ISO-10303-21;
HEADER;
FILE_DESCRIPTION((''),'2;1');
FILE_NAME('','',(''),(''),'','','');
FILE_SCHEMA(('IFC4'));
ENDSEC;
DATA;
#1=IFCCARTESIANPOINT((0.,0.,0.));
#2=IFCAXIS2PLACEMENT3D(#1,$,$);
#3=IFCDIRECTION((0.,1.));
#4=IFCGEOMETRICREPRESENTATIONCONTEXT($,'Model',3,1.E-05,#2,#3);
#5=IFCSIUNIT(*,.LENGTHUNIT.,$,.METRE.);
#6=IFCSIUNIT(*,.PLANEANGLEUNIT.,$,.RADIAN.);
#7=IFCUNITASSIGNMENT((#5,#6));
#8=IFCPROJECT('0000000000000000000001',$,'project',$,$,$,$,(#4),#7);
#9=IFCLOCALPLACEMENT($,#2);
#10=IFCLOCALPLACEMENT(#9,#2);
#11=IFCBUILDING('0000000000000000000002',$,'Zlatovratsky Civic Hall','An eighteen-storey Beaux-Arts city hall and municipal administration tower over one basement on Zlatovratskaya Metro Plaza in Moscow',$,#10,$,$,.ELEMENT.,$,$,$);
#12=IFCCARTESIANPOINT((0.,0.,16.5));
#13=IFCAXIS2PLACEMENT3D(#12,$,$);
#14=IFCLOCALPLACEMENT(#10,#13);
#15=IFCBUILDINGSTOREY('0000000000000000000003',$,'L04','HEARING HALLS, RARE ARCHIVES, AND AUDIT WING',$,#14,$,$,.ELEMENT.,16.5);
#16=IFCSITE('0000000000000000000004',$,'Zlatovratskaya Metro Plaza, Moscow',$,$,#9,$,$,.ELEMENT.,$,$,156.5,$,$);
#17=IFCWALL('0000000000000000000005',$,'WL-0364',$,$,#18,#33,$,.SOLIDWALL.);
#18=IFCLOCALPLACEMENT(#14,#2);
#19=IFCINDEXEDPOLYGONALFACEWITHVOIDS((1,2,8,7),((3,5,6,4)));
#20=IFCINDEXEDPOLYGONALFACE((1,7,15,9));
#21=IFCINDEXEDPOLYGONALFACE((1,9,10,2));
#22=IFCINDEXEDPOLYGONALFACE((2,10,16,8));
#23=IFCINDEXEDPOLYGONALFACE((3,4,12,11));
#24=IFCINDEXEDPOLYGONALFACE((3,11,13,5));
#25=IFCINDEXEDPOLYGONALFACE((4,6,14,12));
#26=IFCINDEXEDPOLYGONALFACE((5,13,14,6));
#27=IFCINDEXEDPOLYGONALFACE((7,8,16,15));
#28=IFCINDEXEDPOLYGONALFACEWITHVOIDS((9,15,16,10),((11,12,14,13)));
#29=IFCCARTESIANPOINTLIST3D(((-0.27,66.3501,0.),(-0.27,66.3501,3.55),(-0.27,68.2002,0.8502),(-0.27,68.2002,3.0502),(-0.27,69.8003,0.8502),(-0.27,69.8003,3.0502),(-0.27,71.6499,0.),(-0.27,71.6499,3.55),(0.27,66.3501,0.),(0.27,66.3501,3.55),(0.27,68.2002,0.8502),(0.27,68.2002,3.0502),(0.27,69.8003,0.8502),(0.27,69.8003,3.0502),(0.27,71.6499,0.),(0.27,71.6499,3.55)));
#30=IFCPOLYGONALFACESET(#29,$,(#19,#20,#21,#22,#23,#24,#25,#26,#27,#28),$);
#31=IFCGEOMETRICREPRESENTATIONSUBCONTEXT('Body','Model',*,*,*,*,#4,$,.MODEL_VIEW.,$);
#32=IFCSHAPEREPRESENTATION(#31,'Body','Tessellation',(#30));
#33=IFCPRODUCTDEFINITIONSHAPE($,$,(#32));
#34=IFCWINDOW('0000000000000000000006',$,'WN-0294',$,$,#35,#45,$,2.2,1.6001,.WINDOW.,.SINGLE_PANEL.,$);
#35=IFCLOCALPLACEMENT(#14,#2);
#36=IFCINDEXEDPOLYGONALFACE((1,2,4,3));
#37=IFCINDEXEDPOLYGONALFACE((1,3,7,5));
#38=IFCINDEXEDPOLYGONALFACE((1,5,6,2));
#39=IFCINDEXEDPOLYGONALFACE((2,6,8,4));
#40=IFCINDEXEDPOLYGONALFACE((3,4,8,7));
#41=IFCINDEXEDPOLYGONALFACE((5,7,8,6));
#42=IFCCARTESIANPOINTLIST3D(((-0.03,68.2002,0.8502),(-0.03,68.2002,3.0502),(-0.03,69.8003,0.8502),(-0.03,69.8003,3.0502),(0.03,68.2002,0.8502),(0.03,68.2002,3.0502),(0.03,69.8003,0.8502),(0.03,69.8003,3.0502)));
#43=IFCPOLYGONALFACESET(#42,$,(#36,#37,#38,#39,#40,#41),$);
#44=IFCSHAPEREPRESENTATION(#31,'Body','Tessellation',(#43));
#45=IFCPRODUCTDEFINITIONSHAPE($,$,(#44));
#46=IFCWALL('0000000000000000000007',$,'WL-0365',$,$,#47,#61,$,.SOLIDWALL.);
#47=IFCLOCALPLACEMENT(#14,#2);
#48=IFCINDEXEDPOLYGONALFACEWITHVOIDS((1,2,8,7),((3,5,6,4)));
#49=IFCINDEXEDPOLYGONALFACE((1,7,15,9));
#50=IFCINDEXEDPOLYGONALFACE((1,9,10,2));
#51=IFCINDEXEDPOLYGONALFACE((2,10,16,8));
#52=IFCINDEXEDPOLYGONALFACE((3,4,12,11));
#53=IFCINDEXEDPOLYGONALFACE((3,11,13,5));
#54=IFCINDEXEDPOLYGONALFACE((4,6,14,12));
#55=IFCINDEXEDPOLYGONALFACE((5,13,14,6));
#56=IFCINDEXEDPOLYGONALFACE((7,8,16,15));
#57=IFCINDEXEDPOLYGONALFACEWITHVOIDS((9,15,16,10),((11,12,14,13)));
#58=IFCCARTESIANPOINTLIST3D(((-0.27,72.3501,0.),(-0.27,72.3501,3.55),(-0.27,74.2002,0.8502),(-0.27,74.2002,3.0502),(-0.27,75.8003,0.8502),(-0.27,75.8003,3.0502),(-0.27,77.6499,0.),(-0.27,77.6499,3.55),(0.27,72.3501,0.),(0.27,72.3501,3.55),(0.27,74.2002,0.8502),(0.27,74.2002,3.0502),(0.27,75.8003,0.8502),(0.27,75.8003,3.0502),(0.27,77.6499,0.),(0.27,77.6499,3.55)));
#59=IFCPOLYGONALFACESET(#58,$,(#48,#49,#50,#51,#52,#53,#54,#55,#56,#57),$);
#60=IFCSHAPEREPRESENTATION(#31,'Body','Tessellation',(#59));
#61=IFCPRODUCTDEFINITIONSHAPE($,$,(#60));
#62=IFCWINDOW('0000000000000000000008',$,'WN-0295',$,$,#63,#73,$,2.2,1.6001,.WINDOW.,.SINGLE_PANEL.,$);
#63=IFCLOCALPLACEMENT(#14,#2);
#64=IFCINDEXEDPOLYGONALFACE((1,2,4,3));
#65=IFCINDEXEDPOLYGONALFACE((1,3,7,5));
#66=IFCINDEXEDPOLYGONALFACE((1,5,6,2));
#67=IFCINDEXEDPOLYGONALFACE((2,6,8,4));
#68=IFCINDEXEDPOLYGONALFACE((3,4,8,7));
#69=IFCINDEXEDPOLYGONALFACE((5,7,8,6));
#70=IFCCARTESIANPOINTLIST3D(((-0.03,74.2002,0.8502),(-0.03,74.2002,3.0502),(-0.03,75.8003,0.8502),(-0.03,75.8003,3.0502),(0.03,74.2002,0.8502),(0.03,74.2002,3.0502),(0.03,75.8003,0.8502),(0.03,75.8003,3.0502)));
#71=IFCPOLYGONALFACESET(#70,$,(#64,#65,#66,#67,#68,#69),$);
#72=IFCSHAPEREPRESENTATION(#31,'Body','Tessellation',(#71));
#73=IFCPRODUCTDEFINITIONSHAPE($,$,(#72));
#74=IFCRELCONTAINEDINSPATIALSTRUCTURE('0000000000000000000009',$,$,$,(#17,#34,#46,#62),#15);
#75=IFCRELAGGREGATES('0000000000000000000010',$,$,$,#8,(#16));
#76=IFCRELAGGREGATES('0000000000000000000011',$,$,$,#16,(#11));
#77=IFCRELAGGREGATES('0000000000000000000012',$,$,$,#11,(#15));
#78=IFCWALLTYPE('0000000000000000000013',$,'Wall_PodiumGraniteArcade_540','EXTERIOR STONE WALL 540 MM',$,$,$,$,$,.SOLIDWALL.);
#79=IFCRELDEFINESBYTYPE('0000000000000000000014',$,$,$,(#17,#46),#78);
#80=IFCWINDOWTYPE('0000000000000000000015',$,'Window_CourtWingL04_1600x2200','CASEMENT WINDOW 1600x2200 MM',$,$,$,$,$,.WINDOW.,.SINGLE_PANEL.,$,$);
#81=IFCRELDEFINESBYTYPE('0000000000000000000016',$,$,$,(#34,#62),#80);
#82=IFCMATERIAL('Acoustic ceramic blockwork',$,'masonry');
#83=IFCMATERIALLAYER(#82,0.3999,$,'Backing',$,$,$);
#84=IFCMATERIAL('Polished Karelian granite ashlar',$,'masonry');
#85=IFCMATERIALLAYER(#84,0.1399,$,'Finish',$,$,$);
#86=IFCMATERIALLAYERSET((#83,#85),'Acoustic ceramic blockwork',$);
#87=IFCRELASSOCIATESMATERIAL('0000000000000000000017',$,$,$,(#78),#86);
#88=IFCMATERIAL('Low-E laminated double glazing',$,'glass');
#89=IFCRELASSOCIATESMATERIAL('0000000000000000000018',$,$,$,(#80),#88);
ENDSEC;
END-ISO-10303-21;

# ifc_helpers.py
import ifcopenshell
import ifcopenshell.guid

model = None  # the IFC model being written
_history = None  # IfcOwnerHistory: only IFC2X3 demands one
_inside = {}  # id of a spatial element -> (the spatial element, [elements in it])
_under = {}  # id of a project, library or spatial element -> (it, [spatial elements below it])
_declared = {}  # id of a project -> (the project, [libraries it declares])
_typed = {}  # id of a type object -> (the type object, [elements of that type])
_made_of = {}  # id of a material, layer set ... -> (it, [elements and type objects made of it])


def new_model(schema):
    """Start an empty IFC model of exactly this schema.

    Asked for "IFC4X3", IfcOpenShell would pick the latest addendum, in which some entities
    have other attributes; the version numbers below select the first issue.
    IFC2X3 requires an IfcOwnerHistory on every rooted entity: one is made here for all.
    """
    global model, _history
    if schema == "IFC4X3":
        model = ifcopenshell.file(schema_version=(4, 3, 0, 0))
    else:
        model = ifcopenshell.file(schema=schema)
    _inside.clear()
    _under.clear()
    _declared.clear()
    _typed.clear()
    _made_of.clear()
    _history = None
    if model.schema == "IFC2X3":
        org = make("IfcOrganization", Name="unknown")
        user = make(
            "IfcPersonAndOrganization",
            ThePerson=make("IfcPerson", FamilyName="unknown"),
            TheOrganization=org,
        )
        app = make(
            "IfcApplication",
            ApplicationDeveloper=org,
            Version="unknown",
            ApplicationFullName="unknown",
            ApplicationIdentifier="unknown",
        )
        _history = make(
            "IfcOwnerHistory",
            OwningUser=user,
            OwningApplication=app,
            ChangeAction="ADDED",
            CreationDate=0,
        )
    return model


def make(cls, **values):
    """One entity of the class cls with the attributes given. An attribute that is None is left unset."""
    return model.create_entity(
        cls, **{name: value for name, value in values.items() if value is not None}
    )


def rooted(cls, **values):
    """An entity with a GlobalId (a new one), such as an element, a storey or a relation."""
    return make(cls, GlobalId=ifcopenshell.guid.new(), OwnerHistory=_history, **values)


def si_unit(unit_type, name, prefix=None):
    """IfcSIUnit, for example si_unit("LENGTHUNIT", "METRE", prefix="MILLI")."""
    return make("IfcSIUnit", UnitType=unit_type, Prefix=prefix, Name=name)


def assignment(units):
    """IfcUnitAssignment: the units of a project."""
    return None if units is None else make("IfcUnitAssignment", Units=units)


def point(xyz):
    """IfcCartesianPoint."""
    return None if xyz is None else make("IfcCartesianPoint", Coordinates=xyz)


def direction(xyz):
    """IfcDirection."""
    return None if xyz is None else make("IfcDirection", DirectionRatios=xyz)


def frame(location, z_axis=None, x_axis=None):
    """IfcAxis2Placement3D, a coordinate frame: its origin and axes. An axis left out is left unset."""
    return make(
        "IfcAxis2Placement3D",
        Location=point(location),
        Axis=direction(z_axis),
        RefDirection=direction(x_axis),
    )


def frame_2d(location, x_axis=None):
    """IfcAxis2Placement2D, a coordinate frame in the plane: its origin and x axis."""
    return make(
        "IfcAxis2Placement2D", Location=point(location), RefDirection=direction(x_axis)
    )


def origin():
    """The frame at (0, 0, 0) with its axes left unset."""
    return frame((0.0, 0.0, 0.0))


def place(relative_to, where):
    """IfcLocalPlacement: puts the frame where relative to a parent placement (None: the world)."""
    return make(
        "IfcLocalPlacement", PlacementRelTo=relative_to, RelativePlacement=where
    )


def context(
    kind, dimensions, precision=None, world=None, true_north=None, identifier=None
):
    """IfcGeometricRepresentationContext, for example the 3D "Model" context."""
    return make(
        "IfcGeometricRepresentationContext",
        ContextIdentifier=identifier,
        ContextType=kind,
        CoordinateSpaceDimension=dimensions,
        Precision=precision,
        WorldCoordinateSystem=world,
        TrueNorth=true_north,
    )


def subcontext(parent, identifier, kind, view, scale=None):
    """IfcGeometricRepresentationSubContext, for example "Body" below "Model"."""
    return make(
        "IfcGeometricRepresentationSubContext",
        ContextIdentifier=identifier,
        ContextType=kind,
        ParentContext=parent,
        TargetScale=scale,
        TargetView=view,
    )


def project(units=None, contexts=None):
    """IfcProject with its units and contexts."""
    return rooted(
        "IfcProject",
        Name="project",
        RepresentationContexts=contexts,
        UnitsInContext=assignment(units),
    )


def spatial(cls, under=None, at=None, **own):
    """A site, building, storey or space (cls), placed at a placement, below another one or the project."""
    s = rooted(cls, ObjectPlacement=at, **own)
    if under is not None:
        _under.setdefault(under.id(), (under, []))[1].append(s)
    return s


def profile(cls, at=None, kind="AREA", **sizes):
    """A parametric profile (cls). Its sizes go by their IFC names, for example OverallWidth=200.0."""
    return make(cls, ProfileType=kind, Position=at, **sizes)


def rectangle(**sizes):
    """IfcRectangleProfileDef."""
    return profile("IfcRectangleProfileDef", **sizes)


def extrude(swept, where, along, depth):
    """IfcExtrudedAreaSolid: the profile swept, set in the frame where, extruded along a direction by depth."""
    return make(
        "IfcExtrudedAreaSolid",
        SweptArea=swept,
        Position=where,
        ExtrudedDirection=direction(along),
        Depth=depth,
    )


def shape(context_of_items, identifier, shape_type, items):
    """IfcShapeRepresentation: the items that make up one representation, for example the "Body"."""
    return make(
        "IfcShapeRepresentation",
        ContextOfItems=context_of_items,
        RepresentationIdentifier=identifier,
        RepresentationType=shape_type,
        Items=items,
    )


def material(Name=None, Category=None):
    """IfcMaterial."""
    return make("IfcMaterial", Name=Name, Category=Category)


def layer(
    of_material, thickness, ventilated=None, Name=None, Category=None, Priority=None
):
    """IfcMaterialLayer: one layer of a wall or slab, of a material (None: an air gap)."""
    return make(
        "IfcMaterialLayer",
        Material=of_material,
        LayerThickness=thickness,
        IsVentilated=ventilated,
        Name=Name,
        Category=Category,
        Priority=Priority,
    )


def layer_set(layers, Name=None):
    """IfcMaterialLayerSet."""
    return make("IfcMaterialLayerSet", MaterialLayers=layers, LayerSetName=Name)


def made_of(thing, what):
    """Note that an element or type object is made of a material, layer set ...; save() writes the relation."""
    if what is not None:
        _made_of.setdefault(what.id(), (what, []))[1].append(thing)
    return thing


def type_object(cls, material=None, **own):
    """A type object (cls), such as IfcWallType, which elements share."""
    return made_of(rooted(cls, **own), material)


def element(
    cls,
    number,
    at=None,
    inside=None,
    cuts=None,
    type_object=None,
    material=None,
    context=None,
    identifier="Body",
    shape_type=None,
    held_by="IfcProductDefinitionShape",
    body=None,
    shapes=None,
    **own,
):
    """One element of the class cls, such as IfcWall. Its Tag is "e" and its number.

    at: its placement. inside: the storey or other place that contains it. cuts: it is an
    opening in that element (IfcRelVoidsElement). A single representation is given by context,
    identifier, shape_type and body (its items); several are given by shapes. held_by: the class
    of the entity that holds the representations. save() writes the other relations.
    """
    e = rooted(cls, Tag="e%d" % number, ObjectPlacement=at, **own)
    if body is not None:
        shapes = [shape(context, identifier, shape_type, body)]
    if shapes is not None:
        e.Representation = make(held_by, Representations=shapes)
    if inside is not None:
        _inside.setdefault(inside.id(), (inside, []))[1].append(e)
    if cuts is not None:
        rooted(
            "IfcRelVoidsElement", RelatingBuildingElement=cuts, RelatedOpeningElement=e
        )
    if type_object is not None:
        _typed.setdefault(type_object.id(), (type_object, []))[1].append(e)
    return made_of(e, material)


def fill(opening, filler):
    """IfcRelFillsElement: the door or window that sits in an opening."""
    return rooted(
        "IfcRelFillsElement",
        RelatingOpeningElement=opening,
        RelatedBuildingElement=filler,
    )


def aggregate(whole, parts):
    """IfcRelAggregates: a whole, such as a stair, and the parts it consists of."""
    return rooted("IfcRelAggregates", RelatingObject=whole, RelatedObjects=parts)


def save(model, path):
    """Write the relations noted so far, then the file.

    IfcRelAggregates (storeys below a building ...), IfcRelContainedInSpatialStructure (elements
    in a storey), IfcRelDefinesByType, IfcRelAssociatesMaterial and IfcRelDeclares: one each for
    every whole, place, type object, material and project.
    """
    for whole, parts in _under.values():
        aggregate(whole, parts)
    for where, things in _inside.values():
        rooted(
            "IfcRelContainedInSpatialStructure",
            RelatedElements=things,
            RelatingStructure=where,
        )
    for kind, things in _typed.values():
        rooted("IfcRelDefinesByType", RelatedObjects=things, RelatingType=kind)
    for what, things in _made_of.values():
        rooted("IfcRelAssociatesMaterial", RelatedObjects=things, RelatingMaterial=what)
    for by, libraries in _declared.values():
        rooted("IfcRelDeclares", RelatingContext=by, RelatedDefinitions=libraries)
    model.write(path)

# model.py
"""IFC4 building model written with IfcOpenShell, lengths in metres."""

from ifc_helpers import new_model, si_unit, direction, frame, frame_2d, origin, place, context, subcontext, project, spatial, rectangle, extrude, material, layer, layer_set, type_object, element, fill, save


model = new_model("IFC4")

# Units and contexts
model_context = context("Model", 3, precision=1e-05, world=origin(), true_north=direction((0.0, 1.0)))
body_context = subcontext(model_context, "Body", "Model", "MODEL_VIEW")
ifc_project = project(units=[si_unit("LENGTHUNIT", "METRE"), si_unit("PLANEANGLEUNIT", "RADIAN")], contexts=[model_context])

# Site, building, storey
site_placement = place(None, origin())
site = spatial("IfcSite", under=ifc_project, at=site_placement, Name="Zlatovratskaya Metro Plaza, Moscow", CompositionType="ELEMENT", RefElevation=156.5)
building_placement = place(site_placement, origin())
building = spatial("IfcBuilding", under=site, at=building_placement, Name="Zlatovratsky Civic Hall", Description="An eighteen-storey Beaux-Arts city hall and municipal administration tower over one basement on Zlatovratskaya Metro Plaza in Moscow", CompositionType="ELEMENT")
storey_placement = place(building_placement, frame((0.0, 0.0, 16.5)))
storey = spatial("IfcBuildingStorey", under=building, at=storey_placement, Name="L04", Description="HEARING HALLS, RARE ARCHIVES, AND AUDIT WING", CompositionType="ELEMENT", Elevation=16.5)

# Walls, openings, windows
ifc_material_1 = material(Name="Acoustic ceramic blockwork", Category="masonry")
ifc_layer_1 = layer(ifc_material_1, 0.3999, Name="Backing")
ifc_material_2 = material(Name="Polished Karelian granite ashlar", Category="masonry")
ifc_layer_2 = layer(ifc_material_2, 0.1399, Name="Finish")
ifc_layer_set_1 = layer_set([ifc_layer_1, ifc_layer_2], Name="Acoustic ceramic blockwork")
wall_type_1 = type_object("IfcWallType", Name="Wall_PodiumGraniteArcade_540", Description="EXTERIOR STONE WALL 540 MM", PredefinedType="SOLIDWALL", material=ifc_layer_set_1)
wall_1_placement = place(storey_placement, frame((0.0, 66.3501, 0.0), z_axis=(0.0, 0.0, 1.0), x_axis=(0.0, 1.0, 0.0)))
wall_1 = element("IfcWall", 1, at=wall_1_placement, inside=storey, type_object=wall_type_1, Name="WL-0364", PredefinedType="SOLIDWALL", context=body_context, shape_type="SweptSolid", body=[
    extrude(rectangle(XDim=5.2998, YDim=0.54, at=frame_2d((2.6499, 0.0))), origin(), (0.0, 0.0, 1.0), 3.55),
])
opening_1_placement = place(wall_1_placement, frame((1.8501, 0.0, 0.8501)))
opening_1 = element("IfcOpeningElement", 2, at=opening_1_placement, cuts=wall_1, PredefinedType="OPENING", context=body_context, shape_type="SweptSolid", body=[
    extrude(rectangle(XDim=1.6001, YDim=2.2, at=frame_2d((0.8, 1.1001))), frame((0.0, 0.2849, 0.0), z_axis=(0.0, -1.0, 0.0), x_axis=(1.0, 0.0, 0.0)), (0.0, 0.0, 1.0), 0.5698),
])
ifc_material_3 = material(Name="Low-E laminated double glazing", Category="glass")
window_type = type_object("IfcWindowType", Name="Window_CourtWingL04_1600x2200", Description="CASEMENT WINDOW 1600x2200 MM", PartitioningType="SINGLE_PANEL", PredefinedType="WINDOW", material=ifc_material_3)
window_1_placement = place(opening_1_placement, origin())
window_1 = element("IfcWindow", 3, at=window_1_placement, inside=storey, type_object=window_type, Name="WN-0294", OverallHeight=2.2, OverallWidth=1.6001, PartitioningType="SINGLE_PANEL", PredefinedType="WINDOW", context=body_context, shape_type="SweptSolid", body=[
    extrude(rectangle(XDim=1.6001, YDim=2.2, at=frame_2d((0.8, 1.1001))), frame((0.0, 0.03, 0.0), z_axis=(0.0, -1.0, 0.0), x_axis=(1.0, 0.0, 0.0)), (0.0, 0.0, 1.0), 0.0601),
])
fill(opening_1, window_1)
wall_2_placement = place(storey_placement, frame((0.0, 72.3501, 0.0), z_axis=(0.0, 0.0, 1.0), x_axis=(0.0, 1.0, 0.0)))
wall_2 = element("IfcWall", 4, at=wall_2_placement, inside=storey, type_object=wall_type_1, Name="WL-0365", PredefinedType="SOLIDWALL", context=body_context, shape_type="SweptSolid", body=[
    extrude(rectangle(XDim=5.2998, YDim=0.54, at=frame_2d((2.6499, 0.0))), origin(), (0.0, 0.0, 1.0), 3.55),
])
opening_2_placement = place(wall_2_placement, frame((1.8501, 0.0, 0.8501)))
opening_2 = element("IfcOpeningElement", 5, at=opening_2_placement, cuts=wall_2, PredefinedType="OPENING", context=body_context, shape_type="SweptSolid", body=[
    extrude(rectangle(XDim=1.6001, YDim=2.2, at=frame_2d((0.8, 1.1001))), frame((0.0, 0.2849, 0.0), z_axis=(0.0, -1.0, 0.0), x_axis=(1.0, 0.0, 0.0)), (0.0, 0.0, 1.0), 0.5698),
])
window_2_placement = place(opening_2_placement, origin())
window_2 = element("IfcWindow", 6, at=window_2_placement, inside=storey, type_object=window_type, Name="WN-0295", OverallHeight=2.2, OverallWidth=1.6001, PartitioningType="SINGLE_PANEL", PredefinedType="WINDOW", context=body_context, shape_type="SweptSolid", body=[
    extrude(rectangle(XDim=1.6001, YDim=2.2, at=frame_2d((0.8, 1.1001))), frame((0.0, 0.03, 0.0), z_axis=(0.0, -1.0, 0.0), x_axis=(1.0, 0.0, 0.0)), (0.0, 0.0, 1.0), 0.0601),
])
fill(opening_2, window_2)

save(model, "model.ifc")
